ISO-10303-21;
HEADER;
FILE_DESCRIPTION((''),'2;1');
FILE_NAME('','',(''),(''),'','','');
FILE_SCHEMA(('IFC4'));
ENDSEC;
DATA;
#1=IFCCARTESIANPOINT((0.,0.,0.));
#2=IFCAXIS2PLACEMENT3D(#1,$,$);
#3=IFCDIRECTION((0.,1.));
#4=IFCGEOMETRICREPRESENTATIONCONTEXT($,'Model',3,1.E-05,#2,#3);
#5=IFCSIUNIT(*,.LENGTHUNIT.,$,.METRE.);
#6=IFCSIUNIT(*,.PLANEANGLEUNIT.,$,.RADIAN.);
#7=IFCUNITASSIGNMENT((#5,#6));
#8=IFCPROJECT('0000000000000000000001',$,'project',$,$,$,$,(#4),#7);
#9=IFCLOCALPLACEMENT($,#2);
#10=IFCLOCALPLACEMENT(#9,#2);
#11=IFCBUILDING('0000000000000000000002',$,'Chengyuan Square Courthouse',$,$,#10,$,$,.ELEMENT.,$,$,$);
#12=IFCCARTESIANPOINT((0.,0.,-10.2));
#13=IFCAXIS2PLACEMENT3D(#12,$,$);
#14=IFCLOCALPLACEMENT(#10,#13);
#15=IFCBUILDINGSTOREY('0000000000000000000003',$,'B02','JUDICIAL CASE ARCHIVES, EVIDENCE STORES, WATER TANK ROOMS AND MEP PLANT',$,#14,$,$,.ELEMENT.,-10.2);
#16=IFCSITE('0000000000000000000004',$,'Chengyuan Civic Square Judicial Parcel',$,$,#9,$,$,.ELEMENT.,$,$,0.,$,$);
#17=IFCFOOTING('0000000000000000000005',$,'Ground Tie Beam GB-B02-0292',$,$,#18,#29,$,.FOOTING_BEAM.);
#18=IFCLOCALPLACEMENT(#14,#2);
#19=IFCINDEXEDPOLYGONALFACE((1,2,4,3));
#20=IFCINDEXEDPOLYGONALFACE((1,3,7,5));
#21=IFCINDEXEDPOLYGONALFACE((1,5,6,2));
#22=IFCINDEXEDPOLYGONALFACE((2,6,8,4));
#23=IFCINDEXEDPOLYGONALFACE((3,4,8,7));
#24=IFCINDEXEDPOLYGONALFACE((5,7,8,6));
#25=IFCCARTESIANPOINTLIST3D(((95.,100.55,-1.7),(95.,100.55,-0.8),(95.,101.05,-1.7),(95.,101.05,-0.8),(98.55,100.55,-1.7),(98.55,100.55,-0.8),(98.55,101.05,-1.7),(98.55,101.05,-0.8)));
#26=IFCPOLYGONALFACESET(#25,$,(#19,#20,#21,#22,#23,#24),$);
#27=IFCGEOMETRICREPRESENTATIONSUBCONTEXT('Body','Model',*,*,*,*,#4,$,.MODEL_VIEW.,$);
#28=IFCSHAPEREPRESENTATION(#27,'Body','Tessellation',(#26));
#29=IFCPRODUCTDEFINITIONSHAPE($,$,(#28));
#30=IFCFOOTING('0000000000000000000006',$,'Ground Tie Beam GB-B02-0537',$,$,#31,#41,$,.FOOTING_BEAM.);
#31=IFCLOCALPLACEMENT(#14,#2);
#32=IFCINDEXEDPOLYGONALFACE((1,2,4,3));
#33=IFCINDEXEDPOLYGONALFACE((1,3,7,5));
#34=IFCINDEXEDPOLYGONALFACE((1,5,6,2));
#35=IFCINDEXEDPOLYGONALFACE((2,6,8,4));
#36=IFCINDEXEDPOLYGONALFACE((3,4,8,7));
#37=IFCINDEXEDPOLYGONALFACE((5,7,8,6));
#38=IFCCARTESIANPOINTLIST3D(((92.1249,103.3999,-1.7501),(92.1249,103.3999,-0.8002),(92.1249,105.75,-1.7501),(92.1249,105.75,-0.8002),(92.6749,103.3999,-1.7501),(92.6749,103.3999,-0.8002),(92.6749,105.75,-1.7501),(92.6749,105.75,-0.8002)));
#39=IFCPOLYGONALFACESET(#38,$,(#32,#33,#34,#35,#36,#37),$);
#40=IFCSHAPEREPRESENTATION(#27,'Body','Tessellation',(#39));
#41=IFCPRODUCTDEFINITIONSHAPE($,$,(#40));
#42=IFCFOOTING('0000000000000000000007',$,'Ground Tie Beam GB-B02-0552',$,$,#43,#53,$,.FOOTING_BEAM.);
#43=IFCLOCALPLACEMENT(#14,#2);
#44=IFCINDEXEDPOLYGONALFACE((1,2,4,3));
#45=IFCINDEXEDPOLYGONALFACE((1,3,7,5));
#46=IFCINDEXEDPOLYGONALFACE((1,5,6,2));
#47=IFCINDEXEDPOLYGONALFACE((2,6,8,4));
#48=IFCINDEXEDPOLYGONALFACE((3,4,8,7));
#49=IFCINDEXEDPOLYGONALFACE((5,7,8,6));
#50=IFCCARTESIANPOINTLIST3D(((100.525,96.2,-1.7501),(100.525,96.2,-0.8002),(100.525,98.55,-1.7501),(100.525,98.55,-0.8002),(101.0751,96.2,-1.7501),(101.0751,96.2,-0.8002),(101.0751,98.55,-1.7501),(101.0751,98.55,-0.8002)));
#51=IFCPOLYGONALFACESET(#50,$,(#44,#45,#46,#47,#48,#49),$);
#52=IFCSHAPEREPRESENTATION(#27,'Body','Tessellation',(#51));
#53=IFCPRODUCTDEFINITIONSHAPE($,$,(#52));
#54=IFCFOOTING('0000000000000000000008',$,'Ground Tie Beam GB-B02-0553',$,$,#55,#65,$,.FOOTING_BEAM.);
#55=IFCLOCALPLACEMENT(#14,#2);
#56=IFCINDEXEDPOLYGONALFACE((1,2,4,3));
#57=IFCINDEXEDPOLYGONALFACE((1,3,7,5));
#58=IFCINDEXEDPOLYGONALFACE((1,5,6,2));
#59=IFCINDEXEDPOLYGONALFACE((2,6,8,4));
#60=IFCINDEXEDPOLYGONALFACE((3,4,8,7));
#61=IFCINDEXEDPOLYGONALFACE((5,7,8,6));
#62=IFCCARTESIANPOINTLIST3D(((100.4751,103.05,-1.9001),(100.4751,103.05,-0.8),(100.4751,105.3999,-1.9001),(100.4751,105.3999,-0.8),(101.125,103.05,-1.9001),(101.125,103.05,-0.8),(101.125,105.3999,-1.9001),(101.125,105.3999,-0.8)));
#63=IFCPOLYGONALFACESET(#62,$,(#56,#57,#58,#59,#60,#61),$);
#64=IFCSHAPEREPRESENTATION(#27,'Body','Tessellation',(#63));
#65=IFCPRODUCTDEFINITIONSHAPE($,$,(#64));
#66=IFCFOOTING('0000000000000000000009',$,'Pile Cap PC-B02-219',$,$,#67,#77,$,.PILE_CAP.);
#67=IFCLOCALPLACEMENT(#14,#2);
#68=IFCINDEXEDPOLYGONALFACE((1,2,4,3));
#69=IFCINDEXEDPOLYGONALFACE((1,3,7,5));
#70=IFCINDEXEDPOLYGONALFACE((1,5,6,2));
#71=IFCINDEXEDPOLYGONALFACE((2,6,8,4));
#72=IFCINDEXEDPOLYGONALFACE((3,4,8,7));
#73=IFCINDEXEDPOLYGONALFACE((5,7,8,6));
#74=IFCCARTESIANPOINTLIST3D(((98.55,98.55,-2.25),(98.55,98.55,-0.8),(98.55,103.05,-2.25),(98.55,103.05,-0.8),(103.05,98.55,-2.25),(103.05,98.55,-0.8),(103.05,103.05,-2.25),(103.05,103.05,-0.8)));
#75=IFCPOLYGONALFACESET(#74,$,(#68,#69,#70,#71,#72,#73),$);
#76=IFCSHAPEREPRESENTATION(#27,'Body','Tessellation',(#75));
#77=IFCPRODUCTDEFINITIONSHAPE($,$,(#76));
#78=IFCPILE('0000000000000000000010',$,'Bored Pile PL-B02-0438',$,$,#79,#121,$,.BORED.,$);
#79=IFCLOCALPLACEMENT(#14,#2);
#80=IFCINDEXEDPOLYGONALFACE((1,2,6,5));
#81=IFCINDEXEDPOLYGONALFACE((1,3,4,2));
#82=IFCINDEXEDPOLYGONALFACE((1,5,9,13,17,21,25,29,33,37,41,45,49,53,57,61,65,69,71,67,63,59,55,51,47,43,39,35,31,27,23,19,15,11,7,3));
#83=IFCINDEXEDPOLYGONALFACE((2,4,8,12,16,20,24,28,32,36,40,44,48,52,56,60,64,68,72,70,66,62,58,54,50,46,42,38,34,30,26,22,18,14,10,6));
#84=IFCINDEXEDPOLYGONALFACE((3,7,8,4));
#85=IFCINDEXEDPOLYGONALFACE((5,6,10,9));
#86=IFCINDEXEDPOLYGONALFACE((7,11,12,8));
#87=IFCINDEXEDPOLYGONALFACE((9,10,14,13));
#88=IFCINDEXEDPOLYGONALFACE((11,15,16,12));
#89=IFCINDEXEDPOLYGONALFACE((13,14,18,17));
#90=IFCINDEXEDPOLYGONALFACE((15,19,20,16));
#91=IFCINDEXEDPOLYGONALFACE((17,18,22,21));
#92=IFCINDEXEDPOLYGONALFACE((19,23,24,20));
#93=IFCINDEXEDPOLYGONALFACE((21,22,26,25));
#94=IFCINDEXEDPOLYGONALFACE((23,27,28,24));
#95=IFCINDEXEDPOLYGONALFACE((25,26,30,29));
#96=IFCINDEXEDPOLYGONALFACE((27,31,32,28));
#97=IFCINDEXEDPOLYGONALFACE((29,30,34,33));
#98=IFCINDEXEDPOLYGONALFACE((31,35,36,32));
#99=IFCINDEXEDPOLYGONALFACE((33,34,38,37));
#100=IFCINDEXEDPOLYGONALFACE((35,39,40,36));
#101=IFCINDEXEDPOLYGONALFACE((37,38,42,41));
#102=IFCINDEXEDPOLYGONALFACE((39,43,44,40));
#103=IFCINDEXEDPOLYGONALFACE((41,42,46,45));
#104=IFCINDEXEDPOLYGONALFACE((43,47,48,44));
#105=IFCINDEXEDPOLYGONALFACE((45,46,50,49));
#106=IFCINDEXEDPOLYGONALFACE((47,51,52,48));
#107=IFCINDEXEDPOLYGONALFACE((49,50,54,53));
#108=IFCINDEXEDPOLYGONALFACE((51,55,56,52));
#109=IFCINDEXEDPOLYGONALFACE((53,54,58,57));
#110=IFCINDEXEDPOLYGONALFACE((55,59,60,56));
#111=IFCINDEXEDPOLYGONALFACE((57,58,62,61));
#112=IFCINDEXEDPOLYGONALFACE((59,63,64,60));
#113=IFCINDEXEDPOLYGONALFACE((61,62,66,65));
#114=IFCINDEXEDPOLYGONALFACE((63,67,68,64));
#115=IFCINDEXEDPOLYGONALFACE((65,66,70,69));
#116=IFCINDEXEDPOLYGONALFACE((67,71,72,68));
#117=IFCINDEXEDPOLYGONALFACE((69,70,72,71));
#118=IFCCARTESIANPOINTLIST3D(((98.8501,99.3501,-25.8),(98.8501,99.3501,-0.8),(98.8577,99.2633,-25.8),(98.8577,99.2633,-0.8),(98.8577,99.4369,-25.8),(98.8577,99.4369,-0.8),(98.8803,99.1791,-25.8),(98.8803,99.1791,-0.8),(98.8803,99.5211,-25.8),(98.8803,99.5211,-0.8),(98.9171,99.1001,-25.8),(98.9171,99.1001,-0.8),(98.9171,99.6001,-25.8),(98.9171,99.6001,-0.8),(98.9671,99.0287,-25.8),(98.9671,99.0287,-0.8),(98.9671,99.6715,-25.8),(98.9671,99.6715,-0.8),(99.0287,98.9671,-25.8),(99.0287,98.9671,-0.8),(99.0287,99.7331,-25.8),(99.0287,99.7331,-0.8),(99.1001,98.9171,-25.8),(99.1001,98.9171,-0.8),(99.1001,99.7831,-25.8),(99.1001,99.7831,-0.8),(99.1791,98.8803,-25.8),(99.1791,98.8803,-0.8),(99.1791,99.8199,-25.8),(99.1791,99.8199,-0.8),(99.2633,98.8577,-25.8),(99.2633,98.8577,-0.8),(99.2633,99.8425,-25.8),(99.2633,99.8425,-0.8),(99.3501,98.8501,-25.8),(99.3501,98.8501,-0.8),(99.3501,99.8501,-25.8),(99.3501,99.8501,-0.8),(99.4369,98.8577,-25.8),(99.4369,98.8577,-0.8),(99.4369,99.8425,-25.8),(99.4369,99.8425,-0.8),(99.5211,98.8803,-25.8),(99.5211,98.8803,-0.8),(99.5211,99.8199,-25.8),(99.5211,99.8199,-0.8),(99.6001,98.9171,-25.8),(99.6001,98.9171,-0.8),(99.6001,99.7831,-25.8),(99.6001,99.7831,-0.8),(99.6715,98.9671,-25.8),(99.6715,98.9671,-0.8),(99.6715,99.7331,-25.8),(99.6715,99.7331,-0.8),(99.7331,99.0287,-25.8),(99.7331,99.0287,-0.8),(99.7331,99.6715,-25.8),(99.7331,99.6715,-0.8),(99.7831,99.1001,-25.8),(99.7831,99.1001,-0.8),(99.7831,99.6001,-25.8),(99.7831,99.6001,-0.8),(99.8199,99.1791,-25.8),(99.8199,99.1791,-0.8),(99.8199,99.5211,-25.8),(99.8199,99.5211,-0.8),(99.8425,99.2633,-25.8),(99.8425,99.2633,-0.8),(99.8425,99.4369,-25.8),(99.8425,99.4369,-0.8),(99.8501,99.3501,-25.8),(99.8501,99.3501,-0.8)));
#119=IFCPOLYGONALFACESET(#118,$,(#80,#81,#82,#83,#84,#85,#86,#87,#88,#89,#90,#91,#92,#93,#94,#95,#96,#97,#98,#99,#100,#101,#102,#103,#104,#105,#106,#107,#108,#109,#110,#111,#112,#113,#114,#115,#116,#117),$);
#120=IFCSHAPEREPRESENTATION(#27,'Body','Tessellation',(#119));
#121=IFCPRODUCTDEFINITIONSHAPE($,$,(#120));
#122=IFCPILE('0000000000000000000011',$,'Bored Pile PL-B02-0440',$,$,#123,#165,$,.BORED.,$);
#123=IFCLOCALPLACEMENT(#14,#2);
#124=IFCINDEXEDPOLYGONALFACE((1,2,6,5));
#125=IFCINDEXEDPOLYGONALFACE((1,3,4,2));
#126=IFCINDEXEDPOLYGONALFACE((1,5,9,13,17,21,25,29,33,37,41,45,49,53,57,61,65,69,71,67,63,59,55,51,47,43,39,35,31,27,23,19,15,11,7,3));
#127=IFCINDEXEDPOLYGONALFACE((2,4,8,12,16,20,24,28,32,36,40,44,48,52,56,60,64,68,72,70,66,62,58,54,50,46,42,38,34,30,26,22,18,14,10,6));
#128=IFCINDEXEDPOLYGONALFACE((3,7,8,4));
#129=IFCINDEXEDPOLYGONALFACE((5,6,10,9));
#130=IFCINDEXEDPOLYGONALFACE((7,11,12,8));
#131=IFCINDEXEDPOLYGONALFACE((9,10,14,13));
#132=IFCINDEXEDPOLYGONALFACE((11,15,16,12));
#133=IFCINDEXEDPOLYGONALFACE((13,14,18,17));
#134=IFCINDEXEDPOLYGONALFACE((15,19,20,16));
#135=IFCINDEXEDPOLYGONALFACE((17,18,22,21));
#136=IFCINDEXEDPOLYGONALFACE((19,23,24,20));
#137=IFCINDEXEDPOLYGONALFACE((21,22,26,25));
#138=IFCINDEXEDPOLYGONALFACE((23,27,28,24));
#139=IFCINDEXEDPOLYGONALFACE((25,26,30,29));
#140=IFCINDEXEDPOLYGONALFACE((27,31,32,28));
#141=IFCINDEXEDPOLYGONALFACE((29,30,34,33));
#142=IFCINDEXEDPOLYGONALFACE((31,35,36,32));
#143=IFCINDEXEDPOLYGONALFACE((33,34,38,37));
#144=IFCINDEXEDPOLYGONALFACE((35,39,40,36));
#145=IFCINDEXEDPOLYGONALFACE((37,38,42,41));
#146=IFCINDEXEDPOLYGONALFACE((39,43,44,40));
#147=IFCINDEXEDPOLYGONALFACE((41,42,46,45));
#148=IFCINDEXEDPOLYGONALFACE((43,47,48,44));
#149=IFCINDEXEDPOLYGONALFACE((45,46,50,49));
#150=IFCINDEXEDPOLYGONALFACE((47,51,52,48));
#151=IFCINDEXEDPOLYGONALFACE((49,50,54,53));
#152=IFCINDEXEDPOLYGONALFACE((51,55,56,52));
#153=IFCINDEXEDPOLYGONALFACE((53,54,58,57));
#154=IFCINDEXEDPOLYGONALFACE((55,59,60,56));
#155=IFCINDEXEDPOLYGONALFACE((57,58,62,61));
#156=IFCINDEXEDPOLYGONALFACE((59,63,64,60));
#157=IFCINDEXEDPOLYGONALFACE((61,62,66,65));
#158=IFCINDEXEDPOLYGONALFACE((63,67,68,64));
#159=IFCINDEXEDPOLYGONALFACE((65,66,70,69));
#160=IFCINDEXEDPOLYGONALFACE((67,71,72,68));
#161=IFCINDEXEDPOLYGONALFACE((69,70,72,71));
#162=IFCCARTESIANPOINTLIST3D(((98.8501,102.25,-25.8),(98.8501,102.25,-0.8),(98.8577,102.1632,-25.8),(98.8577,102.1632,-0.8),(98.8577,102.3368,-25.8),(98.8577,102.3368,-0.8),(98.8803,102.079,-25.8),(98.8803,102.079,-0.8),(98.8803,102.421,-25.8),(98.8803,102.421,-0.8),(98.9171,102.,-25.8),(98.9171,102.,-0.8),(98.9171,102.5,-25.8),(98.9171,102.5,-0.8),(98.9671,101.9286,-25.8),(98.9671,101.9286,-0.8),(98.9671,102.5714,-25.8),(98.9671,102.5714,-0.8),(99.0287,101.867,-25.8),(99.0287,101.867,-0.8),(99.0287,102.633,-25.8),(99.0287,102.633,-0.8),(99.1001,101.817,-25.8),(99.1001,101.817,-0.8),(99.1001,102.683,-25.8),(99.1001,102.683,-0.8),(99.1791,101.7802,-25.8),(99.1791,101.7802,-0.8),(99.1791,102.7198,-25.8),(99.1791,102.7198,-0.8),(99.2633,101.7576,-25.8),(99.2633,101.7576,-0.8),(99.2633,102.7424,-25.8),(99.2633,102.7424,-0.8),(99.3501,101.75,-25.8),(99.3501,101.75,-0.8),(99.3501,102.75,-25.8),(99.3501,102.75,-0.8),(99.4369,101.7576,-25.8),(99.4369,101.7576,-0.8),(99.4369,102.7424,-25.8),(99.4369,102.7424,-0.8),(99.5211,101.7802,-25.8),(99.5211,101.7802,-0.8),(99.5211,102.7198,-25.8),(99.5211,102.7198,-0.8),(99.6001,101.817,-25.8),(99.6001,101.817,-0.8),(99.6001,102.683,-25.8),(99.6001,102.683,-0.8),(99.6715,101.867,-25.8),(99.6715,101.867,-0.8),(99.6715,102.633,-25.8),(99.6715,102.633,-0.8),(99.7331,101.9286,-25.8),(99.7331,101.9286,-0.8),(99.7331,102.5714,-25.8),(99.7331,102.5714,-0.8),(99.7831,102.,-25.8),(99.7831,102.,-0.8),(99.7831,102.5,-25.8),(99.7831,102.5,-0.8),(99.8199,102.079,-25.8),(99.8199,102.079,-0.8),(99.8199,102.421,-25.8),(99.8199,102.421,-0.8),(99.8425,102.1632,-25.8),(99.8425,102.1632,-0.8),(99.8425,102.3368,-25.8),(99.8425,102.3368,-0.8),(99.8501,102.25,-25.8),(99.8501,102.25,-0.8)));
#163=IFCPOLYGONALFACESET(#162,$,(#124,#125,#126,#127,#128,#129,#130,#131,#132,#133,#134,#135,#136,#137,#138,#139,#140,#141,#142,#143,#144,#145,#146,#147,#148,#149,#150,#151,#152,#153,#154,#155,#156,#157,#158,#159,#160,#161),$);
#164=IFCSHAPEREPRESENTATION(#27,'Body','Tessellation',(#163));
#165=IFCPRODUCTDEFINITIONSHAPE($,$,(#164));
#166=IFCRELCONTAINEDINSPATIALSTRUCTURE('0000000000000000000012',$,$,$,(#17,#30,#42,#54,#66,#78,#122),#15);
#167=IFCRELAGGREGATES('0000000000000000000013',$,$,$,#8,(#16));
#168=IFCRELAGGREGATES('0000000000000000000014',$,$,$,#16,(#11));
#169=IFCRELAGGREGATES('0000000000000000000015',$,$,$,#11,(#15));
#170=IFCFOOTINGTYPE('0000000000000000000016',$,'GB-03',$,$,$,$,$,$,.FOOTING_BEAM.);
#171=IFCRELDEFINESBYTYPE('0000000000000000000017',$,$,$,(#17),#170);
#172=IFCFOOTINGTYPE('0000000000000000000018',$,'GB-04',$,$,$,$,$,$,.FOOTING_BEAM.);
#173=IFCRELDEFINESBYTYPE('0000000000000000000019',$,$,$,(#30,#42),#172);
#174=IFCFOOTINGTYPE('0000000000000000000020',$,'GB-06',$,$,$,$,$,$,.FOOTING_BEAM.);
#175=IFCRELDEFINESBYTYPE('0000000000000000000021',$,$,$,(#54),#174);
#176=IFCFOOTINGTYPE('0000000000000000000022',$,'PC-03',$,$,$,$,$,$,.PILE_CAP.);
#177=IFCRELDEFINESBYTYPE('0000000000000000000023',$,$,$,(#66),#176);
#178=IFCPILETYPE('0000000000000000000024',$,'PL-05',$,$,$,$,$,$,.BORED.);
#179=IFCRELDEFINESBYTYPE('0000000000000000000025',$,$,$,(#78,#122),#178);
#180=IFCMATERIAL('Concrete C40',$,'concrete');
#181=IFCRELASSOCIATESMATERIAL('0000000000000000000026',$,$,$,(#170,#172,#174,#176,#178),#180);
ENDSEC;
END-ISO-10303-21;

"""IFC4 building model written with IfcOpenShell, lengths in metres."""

from ifc_helpers import new_model, si_unit, direction, frame, origin, origin_2d, place, context, subcontext, project, spatial, rectangle, circle, extrude, material, material_profile, profile_set, type_object, element, save


model = new_model("IFC4")

# Units and contexts
model_context = context("Model", 3, precision=1e-05, world=origin(), true_north=direction((0.0, 1.0)))
body_context = subcontext(model_context, "Body", "Model", "MODEL_VIEW")
ifc_project = project(units=[si_unit("LENGTHUNIT", "METRE"), si_unit("PLANEANGLEUNIT", "RADIAN")], contexts=[model_context])

# Site, building, storey
site_placement = place(None, origin())
site = spatial("IfcSite", under=ifc_project, at=site_placement, Name="Chengyuan Civic Square Judicial Parcel", CompositionType="ELEMENT", RefElevation=0.0)
building_placement = place(site_placement, origin())
building = spatial("IfcBuilding", under=site, at=building_placement, Name="Chengyuan Square Courthouse", CompositionType="ELEMENT")
storey_placement = place(building_placement, frame((0.0, 0.0, -10.2)))
storey = spatial("IfcBuildingStorey", under=building, at=storey_placement, Name="B02", Description="JUDICIAL CASE ARCHIVES, EVIDENCE STORES, WATER TANK ROOMS AND MEP PLANT", CompositionType="ELEMENT", Elevation=-10.2)

# Footings
ifc_material_1 = material(Name="Concrete C40", Category="concrete")
ifc_material_profile_1 = material_profile(ifc_material_1, rectangle(XDim=0.5, YDim=0.8999, at=origin_2d()), Name="GB-500x900")
ifc_profile_set_1 = profile_set([ifc_material_profile_1], Name="Concrete C40")
footing_type_1 = type_object("IfcFootingType", Name="GB-03", PredefinedType="FOOTING_BEAM", material=ifc_profile_set_1)
footing_1_placement = place(storey_placement, frame((95.0, 100.8, -1.25), z_axis=(1.0, 0.0, 0.0), x_axis=(0.0, 1.0, 0.0)))
element("IfcFooting", 1, at=footing_1_placement, inside=storey, type_object=footing_type_1, Name="Ground Tie Beam GB-B02-0292", PredefinedType="FOOTING_BEAM", context=body_context, shape_type="SweptSolid", body=[
    extrude(rectangle(XDim=0.5, YDim=0.8999, at=origin_2d()), origin(), (0.0, 0.0, 1.0), 3.55),
])
ifc_material_profile_2 = material_profile(ifc_material_1, rectangle(XDim=0.55, YDim=0.95, at=origin_2d()), Name="GB-550x950")
ifc_profile_set_2 = profile_set([ifc_material_profile_2], Name="Concrete C40")
footing_type_2 = type_object("IfcFootingType", Name="GB-04", PredefinedType="FOOTING_BEAM", material=ifc_profile_set_2)
for number, where, z_axis, x_axis, name in (
    (2, (92.3999, 103.3999, -1.2751), (0.0, 1.0, 0.0), (-1.0, 0.0, 0.0), "Ground Tie Beam GB-B02-0537"),
    (3, (100.8, 96.2, -1.2751), (0.0, 1.0, 0.0), (-1.0, 0.0, 0.0), "Ground Tie Beam GB-B02-0552"),
):
    element("IfcFooting", number, at=place(storey_placement, frame(where, z_axis=z_axis, x_axis=x_axis)), inside=storey, type_object=footing_type_2, Name=name, PredefinedType="FOOTING_BEAM", context=body_context, shape_type="SweptSolid", body=[
        extrude(rectangle(XDim=0.55, YDim=0.95, at=origin_2d()), origin(), (0.0, 0.0, 1.0), 2.3501),
    ])
ifc_material_profile_3 = material_profile(ifc_material_1, rectangle(XDim=0.6499, YDim=1.1001, at=origin_2d()), Name="GB-650x1100")
ifc_profile_set_3 = profile_set([ifc_material_profile_3], Name="Concrete C40")
footing_type_3 = type_object("IfcFootingType", Name="GB-06", PredefinedType="FOOTING_BEAM", material=ifc_profile_set_3)
footing_2_placement = place(storey_placement, frame((100.8, 103.05, -1.3501), z_axis=(0.0, 1.0, 0.0), x_axis=(-1.0, 0.0, 0.0)))
element("IfcFooting", 4, at=footing_2_placement, inside=storey, type_object=footing_type_3, Name="Ground Tie Beam GB-B02-0553", PredefinedType="FOOTING_BEAM", context=body_context, shape_type="SweptSolid", body=[
    extrude(rectangle(XDim=0.6499, YDim=1.1001, at=origin_2d()), origin(), (0.0, 0.0, 1.0), 2.3499),
])
footing_type_4 = type_object("IfcFootingType", Name="PC-03", PredefinedType="PILE_CAP", material=ifc_material_1)
footing_3_placement = place(storey_placement, frame((100.8, 100.8, -2.25), z_axis=(0.0, 0.0, 1.0), x_axis=(1.0, 0.0, 0.0)))
element("IfcFooting", 5, at=footing_3_placement, inside=storey, type_object=footing_type_4, Name="Pile Cap PC-B02-219", PredefinedType="PILE_CAP", context=body_context, shape_type="SweptSolid", body=[
    extrude(rectangle(XDim=4.5, YDim=4.5, at=origin_2d()), origin(), (0.0, 0.0, 1.0), 1.45),
])

# Piles
ifc_material_profile_4 = material_profile(ifc_material_1, circle(Radius=0.5, at=origin_2d()), Name="BORED PILE D1000")
ifc_profile_set_4 = profile_set([ifc_material_profile_4], Name="Concrete C40")
pile_type_1 = type_object("IfcPileType", Name="PL-05", PredefinedType="BORED", material=ifc_profile_set_4)
for number, where, z_axis, x_axis, name in (
    (6, (99.3501, 99.3501, -0.8), (0.0, 0.0, -1.0), (1.0, 0.0, 0.0), "Bored Pile PL-B02-0438"),
    (7, (99.3501, 102.25, -0.8), (0.0, 0.0, -1.0), (1.0, 0.0, 0.0), "Bored Pile PL-B02-0440"),
):
    element("IfcPile", number, at=place(storey_placement, frame(where, z_axis=z_axis, x_axis=x_axis)), inside=storey, type_object=pile_type_1, Name=name, PredefinedType="BORED", context=body_context, shape_type="SweptSolid", body=[
        extrude(circle(Radius=0.5, at=origin_2d()), origin(), (0.0, 0.0, 1.0), 25.0),
    ])

save(model, "model.ifc")
